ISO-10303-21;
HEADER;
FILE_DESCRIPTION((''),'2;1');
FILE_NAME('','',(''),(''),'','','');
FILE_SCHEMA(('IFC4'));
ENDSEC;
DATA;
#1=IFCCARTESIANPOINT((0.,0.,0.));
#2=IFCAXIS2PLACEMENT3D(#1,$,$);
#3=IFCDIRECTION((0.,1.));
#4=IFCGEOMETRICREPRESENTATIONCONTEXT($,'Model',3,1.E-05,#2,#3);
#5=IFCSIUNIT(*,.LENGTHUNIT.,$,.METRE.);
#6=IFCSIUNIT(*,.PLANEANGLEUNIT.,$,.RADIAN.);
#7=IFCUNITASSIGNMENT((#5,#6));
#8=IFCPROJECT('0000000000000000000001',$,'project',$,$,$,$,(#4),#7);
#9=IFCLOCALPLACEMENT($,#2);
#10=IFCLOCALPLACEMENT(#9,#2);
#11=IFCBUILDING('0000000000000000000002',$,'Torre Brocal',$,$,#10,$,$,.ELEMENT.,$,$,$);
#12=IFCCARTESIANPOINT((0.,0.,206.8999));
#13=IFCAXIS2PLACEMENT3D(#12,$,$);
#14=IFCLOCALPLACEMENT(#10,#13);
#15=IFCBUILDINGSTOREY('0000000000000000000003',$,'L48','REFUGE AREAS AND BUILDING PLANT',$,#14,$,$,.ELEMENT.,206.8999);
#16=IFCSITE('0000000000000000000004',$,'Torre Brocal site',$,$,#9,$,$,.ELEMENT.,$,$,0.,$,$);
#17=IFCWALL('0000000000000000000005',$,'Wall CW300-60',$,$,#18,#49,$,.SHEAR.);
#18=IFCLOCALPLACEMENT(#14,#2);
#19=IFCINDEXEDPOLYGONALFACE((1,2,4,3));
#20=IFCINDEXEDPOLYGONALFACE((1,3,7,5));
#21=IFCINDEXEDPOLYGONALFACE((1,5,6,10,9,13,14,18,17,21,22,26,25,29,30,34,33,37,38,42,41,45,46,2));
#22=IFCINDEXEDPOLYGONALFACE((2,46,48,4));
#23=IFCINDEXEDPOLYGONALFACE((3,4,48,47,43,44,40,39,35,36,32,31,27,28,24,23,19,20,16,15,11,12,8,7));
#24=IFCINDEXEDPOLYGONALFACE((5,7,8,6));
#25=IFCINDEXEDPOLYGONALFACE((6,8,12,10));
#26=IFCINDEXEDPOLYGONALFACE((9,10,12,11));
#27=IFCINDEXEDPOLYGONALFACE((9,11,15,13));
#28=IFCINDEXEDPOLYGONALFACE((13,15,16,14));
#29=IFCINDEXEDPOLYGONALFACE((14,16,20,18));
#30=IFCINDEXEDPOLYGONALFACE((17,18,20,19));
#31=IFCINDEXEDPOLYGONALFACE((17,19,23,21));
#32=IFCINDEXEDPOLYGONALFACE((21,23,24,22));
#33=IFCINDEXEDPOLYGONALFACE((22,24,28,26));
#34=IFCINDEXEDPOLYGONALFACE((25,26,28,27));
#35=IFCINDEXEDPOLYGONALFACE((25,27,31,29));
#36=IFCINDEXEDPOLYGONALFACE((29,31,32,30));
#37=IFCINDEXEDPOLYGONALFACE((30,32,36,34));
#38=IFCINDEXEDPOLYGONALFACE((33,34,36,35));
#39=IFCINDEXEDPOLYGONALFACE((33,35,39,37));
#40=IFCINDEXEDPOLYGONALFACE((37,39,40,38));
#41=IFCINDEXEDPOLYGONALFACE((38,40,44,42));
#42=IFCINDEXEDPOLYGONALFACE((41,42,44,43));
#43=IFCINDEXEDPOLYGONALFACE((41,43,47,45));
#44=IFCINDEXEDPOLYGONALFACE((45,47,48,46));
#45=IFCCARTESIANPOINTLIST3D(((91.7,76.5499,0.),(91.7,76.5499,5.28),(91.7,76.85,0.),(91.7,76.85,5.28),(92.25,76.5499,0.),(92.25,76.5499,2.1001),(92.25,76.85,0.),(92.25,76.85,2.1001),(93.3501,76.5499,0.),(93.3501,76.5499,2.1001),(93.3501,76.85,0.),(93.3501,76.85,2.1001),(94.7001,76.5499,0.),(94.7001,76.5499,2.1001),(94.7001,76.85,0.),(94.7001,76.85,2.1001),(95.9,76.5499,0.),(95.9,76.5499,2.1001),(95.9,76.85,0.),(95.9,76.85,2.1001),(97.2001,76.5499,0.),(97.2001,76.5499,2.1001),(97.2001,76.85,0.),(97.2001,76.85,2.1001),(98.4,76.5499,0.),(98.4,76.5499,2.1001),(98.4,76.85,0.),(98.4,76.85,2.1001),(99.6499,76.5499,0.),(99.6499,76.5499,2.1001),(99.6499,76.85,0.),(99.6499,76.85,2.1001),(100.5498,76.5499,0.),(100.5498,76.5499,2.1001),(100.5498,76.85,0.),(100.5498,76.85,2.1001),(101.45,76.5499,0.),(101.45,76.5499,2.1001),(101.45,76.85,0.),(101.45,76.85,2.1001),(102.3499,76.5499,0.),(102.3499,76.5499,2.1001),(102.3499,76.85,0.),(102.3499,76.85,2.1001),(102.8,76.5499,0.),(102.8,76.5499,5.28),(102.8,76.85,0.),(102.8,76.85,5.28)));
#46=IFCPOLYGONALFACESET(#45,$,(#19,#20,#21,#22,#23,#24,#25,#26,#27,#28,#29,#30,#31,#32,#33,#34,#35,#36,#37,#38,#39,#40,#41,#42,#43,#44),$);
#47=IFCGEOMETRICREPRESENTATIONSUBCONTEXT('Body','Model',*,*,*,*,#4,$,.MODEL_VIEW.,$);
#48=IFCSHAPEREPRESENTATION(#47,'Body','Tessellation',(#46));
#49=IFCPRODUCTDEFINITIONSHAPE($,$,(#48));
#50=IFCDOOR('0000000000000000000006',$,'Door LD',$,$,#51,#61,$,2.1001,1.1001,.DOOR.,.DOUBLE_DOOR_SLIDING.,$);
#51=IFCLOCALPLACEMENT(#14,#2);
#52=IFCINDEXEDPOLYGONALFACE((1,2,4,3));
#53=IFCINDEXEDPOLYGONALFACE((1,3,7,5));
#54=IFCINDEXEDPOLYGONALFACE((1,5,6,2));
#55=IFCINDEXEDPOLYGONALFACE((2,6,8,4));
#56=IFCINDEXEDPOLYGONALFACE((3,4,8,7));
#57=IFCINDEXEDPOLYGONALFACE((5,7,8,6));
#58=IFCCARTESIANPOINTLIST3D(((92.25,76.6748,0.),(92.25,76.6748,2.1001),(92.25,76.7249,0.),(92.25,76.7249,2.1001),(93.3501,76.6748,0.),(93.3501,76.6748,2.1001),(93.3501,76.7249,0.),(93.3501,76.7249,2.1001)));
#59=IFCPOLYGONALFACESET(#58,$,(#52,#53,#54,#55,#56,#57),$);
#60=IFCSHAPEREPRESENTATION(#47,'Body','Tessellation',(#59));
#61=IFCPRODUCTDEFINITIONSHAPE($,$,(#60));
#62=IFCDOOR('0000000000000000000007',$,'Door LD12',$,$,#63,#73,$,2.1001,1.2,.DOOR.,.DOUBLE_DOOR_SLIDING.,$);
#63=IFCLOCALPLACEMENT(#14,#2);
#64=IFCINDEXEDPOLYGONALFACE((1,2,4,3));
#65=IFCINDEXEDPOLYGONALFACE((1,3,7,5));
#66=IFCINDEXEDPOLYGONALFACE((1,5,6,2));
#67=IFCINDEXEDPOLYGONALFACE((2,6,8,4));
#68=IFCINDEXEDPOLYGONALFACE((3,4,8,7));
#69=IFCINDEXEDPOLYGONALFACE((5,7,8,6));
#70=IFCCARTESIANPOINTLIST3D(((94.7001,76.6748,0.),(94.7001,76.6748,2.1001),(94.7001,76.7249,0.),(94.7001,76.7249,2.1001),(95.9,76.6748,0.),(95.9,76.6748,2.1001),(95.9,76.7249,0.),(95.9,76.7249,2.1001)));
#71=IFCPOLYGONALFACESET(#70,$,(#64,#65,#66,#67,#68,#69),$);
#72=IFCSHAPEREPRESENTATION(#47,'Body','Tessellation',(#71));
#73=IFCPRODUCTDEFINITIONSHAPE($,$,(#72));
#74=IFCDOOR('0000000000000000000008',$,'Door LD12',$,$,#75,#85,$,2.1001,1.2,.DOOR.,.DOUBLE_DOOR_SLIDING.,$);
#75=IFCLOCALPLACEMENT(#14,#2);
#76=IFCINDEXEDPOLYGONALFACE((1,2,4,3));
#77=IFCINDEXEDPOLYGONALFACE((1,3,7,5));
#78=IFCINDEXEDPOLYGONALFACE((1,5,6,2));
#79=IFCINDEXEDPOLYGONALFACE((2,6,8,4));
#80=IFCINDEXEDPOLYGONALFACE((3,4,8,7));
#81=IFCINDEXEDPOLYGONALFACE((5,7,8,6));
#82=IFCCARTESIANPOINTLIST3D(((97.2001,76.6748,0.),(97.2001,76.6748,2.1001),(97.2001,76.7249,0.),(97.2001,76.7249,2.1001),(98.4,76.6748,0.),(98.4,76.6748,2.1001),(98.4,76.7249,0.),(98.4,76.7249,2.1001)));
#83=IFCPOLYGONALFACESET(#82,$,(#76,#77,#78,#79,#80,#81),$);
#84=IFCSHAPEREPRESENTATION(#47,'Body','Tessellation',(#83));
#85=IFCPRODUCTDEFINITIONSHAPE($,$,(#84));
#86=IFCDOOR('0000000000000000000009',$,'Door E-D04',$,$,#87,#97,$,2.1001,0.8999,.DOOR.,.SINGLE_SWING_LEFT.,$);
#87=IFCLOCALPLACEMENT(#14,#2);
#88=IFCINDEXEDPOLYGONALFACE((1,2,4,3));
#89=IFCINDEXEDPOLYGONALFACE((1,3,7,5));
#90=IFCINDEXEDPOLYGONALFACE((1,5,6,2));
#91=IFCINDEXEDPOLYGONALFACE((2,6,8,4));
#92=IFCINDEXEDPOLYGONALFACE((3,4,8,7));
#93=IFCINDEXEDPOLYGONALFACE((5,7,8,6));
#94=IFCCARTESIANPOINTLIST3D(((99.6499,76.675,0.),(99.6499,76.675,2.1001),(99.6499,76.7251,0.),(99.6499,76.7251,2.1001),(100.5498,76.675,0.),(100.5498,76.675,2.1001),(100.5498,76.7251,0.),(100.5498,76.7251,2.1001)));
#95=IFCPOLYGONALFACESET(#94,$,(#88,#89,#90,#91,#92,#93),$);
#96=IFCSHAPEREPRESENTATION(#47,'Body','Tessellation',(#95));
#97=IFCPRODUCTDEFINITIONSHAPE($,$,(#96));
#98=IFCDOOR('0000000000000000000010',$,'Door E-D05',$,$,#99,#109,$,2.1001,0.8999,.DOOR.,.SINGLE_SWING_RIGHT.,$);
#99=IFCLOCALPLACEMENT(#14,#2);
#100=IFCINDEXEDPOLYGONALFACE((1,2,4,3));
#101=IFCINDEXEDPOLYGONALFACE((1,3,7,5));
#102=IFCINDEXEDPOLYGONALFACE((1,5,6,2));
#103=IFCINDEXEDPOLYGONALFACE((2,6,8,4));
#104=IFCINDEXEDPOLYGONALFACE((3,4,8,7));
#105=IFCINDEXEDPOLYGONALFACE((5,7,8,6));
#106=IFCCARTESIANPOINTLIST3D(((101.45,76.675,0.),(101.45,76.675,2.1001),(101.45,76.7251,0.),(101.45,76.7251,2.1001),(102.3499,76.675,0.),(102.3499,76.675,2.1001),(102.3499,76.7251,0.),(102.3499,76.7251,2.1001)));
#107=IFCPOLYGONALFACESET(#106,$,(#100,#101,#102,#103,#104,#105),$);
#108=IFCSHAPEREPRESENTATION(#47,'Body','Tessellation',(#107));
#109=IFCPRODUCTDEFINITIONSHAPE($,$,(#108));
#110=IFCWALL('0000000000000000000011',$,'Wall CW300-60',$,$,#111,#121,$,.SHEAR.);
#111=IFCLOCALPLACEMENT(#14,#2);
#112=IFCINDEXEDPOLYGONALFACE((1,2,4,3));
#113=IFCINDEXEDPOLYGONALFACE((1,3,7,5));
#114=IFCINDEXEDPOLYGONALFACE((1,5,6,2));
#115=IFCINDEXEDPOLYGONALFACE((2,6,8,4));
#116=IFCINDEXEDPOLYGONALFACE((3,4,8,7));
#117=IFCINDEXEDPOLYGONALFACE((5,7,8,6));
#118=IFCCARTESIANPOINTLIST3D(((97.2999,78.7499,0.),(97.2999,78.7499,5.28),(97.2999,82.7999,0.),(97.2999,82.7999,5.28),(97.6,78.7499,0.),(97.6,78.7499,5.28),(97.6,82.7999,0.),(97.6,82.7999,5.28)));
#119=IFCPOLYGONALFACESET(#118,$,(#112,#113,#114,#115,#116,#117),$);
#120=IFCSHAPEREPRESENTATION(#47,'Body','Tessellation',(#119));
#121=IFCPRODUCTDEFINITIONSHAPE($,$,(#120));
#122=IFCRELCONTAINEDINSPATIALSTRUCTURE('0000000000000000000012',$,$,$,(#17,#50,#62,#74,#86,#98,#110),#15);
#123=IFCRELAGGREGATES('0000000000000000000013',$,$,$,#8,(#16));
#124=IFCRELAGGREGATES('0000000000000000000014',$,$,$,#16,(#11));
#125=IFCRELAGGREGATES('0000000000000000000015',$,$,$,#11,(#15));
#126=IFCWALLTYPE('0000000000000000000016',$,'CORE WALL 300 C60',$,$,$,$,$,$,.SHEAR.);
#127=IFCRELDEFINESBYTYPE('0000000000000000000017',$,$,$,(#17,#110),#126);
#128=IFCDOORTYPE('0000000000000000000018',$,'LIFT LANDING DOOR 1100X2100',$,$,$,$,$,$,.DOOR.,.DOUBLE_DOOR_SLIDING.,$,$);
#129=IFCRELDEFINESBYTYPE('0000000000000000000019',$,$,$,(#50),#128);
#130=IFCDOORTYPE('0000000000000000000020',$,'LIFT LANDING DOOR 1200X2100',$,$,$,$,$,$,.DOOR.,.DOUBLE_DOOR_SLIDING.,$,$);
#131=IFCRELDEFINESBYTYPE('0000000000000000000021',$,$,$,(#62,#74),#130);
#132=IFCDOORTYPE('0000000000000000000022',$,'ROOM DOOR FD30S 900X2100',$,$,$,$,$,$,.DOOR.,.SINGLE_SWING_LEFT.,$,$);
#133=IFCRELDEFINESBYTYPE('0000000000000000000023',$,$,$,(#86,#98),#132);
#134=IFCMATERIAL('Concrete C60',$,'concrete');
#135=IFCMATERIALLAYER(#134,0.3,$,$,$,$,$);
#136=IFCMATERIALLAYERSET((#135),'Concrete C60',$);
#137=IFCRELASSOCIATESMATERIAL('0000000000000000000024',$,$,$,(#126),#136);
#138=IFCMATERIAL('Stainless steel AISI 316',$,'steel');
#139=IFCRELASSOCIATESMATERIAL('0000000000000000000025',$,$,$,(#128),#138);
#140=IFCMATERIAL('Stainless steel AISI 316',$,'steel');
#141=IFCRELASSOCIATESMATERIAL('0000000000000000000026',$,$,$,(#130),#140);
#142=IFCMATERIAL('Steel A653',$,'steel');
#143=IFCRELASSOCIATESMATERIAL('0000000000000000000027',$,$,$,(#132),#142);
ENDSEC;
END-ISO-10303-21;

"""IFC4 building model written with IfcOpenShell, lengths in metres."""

from ifc_helpers import new_model, si_unit, direction, frame, frame_2d, origin, place, context, subcontext, project, spatial, rectangle, extrude, material, layer, layer_set, type_object, element, fill, save


model = new_model("IFC4")

# Units and contexts
model_context = context("Model", 3, precision=1e-05, world=origin(), true_north=direction((0.0, 1.0)))
body_context = subcontext(model_context, "Body", "Model", "MODEL_VIEW")
ifc_project = project(units=[si_unit("LENGTHUNIT", "METRE"), si_unit("PLANEANGLEUNIT", "RADIAN")], contexts=[model_context])

# Site, building, storey
site_placement = place(None, origin())
site = spatial("IfcSite", under=ifc_project, at=site_placement, Name="Torre Brocal site", CompositionType="ELEMENT", RefElevation=0.0)
building_placement = place(site_placement, origin())
building = spatial("IfcBuilding", under=site, at=building_placement, Name="Torre Brocal", CompositionType="ELEMENT")
storey_placement = place(building_placement, frame((0.0, 0.0, 206.8999)))
storey = spatial("IfcBuildingStorey", under=building, at=storey_placement, Name="L48", Description="REFUGE AREAS AND BUILDING PLANT", CompositionType="ELEMENT", Elevation=206.8999)

# Wall, openings, doors
ifc_material_1 = material(Name="Concrete C60", Category="concrete")
ifc_layer_1 = layer(ifc_material_1, 0.3)
ifc_layer_set_1 = layer_set([ifc_layer_1], Name="Concrete C60")
wall_type_1 = type_object("IfcWallType", Name="CORE WALL 300 C60", PredefinedType="SHEAR", material=ifc_layer_set_1)
wall_1_placement = place(storey_placement, frame((91.7, 76.7, 0.0), z_axis=(0.0, 0.0, 1.0), x_axis=(1.0, 0.0, 0.0)))
wall_1 = element("IfcWall", 1, at=wall_1_placement, inside=storey, type_object=wall_type_1, Name="Wall CW300-60", PredefinedType="SHEAR", context=body_context, shape_type="SweptSolid", body=[
    extrude(rectangle(XDim=11.1001, YDim=0.3, at=frame_2d((5.55, 0.0))), origin(), (0.0, 0.0, 1.0), 5.28),
])
opening_1_placement = place(wall_1_placement, frame((0.55, 0.0, 0.0)))
opening_1 = element("IfcOpeningElement", 2, at=opening_1_placement, cuts=wall_1, PredefinedType="OPENING", context=body_context, shape_type="SweptSolid", body=[
    extrude(rectangle(XDim=1.1001, YDim=2.1001, at=frame_2d((0.55, 1.05))), frame((0.0, 0.1599, 0.0), z_axis=(0.0, -1.0, 0.0), x_axis=(1.0, 0.0, 0.0)), (0.0, 0.0, 1.0), 0.3201),
])
opening_2_placement = place(wall_1_placement, frame((3.0, 0.0, 0.0)))
opening_2 = element("IfcOpeningElement", 3, at=opening_2_placement, cuts=wall_1, PredefinedType="OPENING", context=body_context, shape_type="SweptSolid", body=[
    extrude(rectangle(XDim=1.2, YDim=2.1001, at=frame_2d((0.6001, 1.05))), frame((0.0, 0.1599, 0.0), z_axis=(0.0, -1.0, 0.0), x_axis=(1.0, 0.0, 0.0)), (0.0, 0.0, 1.0), 0.3201),
])
opening_3_placement = place(wall_1_placement, frame((5.5, 0.0, 0.0)))
opening_3 = element("IfcOpeningElement", 4, at=opening_3_placement, cuts=wall_1, PredefinedType="OPENING", context=body_context, shape_type="SweptSolid", body=[
    extrude(rectangle(XDim=1.2, YDim=2.1001, at=frame_2d((0.6001, 1.05))), frame((0.0, 0.1599, 0.0), z_axis=(0.0, -1.0, 0.0), x_axis=(1.0, 0.0, 0.0)), (0.0, 0.0, 1.0), 0.3201),
])
opening_4_placement = place(wall_1_placement, frame((7.95, 0.0, 0.0)))
opening_4 = element("IfcOpeningElement", 5, at=opening_4_placement, cuts=wall_1, PredefinedType="OPENING", context=body_context, shape_type="SweptSolid", body=[
    extrude(rectangle(XDim=0.8999, YDim=2.1001, at=frame_2d((0.45, 1.05))), frame((0.0, 0.1599, 0.0), z_axis=(0.0, -1.0, 0.0), x_axis=(1.0, 0.0, 0.0)), (0.0, 0.0, 1.0), 0.3201),
])
opening_5_placement = place(wall_1_placement, frame((9.75, 0.0, 0.0)))
opening_5 = element("IfcOpeningElement", 6, at=opening_5_placement, cuts=wall_1, PredefinedType="OPENING", context=body_context, shape_type="SweptSolid", body=[
    extrude(rectangle(XDim=0.8999, YDim=2.1001, at=frame_2d((0.45, 1.05))), frame((0.0, 0.1599, 0.0), z_axis=(0.0, -1.0, 0.0), x_axis=(1.0, 0.0, 0.0)), (0.0, 0.0, 1.0), 0.3201),
])
ifc_material_2 = material(Name="Stainless steel AISI 316", Category="steel")
door_type_1 = type_object("IfcDoorType", Name="LIFT LANDING DOOR 1100X2100", OperationType="DOUBLE_DOOR_SLIDING", PredefinedType="DOOR", material=ifc_material_2)
door_1_placement = place(opening_1_placement, origin())
door_1 = element("IfcDoor", 7, at=door_1_placement, inside=storey, type_object=door_type_1, Name="Door LD", OperationType="DOUBLE_DOOR_SLIDING", OverallHeight=2.1001, OverallWidth=1.1001, PredefinedType="DOOR", context=body_context, shape_type="SweptSolid", body=[
    extrude(rectangle(XDim=1.1001, YDim=2.1001, at=frame_2d((0.55, 1.05))), frame((0.0, 0.0249, 0.0), z_axis=(0.0, -1.0, 0.0), x_axis=(1.0, 0.0, 0.0)), (0.0, 0.0, 1.0), 0.05),
])
fill(opening_1, door_1)
ifc_material_3 = material(Name="Stainless steel AISI 316", Category="steel")
door_type_2 = type_object("IfcDoorType", Name="LIFT LANDING DOOR 1200X2100", OperationType="DOUBLE_DOOR_SLIDING", PredefinedType="DOOR", material=ifc_material_3)
door_2_placement = place(opening_2_placement, origin())
door_2 = element("IfcDoor", 8, at=door_2_placement, inside=storey, type_object=door_type_2, Name="Door LD12", OperationType="DOUBLE_DOOR_SLIDING", OverallHeight=2.1001, OverallWidth=1.2, PredefinedType="DOOR", context=body_context, shape_type="SweptSolid", body=[
    extrude(rectangle(XDim=1.2, YDim=2.1001, at=frame_2d((0.6001, 1.05))), frame((0.0, 0.0249, 0.0), z_axis=(0.0, -1.0, 0.0), x_axis=(1.0, 0.0, 0.0)), (0.0, 0.0, 1.0), 0.05),
])
fill(opening_2, door_2)
door_3_placement = place(opening_3_placement, origin())
door_3 = element("IfcDoor", 9, at=door_3_placement, inside=storey, type_object=door_type_2, Name="Door LD12", OperationType="DOUBLE_DOOR_SLIDING", OverallHeight=2.1001, OverallWidth=1.2, PredefinedType="DOOR", context=body_context, shape_type="SweptSolid", body=[
    extrude(rectangle(XDim=1.2, YDim=2.1001, at=frame_2d((0.6001, 1.05))), frame((0.0, 0.0249, 0.0), z_axis=(0.0, -1.0, 0.0), x_axis=(1.0, 0.0, 0.0)), (0.0, 0.0, 1.0), 0.05),
])
fill(opening_3, door_3)
ifc_material_4 = material(Name="Steel A653", Category="steel")
door_type_3 = type_object("IfcDoorType", Name="ROOM DOOR FD30S 900X2100", OperationType="SINGLE_SWING_LEFT", PredefinedType="DOOR", material=ifc_material_4)
door_4_placement = place(opening_4_placement, frame((0.8999, 0.0, 0.0), z_axis=(0.0, 0.0, 1.0), x_axis=(-1.0, 0.0, 0.0)))
door_4 = element("IfcDoor", 10, at=door_4_placement, inside=storey, type_object=door_type_3, Name="Door E-D04", OperationType="SINGLE_SWING_LEFT", OverallHeight=2.1001, OverallWidth=0.8999, PredefinedType="DOOR", context=body_context, shape_type="SweptSolid", body=[
    extrude(rectangle(XDim=0.8999, YDim=2.1001, at=frame_2d((0.45, 1.05))), frame((0.0, 0.0249, 0.0), z_axis=(0.0, -1.0, 0.0), x_axis=(1.0, 0.0, 0.0)), (0.0, 0.0, 1.0), 0.05),
])
fill(opening_4, door_4)
door_5_placement = place(opening_5_placement, frame((0.8999, 0.0, 0.0), z_axis=(0.0, 0.0, 1.0), x_axis=(-1.0, 0.0, 0.0)))
door_5 = element("IfcDoor", 11, at=door_5_placement, inside=storey, type_object=door_type_3, Name="Door E-D05", OperationType="SINGLE_SWING_RIGHT", OverallHeight=2.1001, OverallWidth=0.8999, PredefinedType="DOOR", context=body_context, shape_type="SweptSolid", body=[
    extrude(rectangle(XDim=0.8999, YDim=2.1001, at=frame_2d((0.45, 1.05))), frame((0.0, 0.0249, 0.0), z_axis=(0.0, -1.0, 0.0), x_axis=(1.0, 0.0, 0.0)), (0.0, 0.0, 1.0), 0.05),
])
fill(opening_5, door_5)

# Wall
wall_2_placement = place(storey_placement, frame((97.45, 78.75, 0.0), z_axis=(0.0, 0.0, 1.0), x_axis=(0.0, 1.0, 0.0)))
element("IfcWall", 12, at=wall_2_placement, inside=storey, type_object=wall_type_1, Name="Wall CW300-60", PredefinedType="SHEAR", context=body_context, shape_type="SweptSolid", body=[
    extrude(rectangle(XDim=4.05, YDim=0.3, at=frame_2d((2.0249, 0.0))), origin(), (0.0, 0.0, 1.0), 5.28),
])

save(model, "model.ifc")
